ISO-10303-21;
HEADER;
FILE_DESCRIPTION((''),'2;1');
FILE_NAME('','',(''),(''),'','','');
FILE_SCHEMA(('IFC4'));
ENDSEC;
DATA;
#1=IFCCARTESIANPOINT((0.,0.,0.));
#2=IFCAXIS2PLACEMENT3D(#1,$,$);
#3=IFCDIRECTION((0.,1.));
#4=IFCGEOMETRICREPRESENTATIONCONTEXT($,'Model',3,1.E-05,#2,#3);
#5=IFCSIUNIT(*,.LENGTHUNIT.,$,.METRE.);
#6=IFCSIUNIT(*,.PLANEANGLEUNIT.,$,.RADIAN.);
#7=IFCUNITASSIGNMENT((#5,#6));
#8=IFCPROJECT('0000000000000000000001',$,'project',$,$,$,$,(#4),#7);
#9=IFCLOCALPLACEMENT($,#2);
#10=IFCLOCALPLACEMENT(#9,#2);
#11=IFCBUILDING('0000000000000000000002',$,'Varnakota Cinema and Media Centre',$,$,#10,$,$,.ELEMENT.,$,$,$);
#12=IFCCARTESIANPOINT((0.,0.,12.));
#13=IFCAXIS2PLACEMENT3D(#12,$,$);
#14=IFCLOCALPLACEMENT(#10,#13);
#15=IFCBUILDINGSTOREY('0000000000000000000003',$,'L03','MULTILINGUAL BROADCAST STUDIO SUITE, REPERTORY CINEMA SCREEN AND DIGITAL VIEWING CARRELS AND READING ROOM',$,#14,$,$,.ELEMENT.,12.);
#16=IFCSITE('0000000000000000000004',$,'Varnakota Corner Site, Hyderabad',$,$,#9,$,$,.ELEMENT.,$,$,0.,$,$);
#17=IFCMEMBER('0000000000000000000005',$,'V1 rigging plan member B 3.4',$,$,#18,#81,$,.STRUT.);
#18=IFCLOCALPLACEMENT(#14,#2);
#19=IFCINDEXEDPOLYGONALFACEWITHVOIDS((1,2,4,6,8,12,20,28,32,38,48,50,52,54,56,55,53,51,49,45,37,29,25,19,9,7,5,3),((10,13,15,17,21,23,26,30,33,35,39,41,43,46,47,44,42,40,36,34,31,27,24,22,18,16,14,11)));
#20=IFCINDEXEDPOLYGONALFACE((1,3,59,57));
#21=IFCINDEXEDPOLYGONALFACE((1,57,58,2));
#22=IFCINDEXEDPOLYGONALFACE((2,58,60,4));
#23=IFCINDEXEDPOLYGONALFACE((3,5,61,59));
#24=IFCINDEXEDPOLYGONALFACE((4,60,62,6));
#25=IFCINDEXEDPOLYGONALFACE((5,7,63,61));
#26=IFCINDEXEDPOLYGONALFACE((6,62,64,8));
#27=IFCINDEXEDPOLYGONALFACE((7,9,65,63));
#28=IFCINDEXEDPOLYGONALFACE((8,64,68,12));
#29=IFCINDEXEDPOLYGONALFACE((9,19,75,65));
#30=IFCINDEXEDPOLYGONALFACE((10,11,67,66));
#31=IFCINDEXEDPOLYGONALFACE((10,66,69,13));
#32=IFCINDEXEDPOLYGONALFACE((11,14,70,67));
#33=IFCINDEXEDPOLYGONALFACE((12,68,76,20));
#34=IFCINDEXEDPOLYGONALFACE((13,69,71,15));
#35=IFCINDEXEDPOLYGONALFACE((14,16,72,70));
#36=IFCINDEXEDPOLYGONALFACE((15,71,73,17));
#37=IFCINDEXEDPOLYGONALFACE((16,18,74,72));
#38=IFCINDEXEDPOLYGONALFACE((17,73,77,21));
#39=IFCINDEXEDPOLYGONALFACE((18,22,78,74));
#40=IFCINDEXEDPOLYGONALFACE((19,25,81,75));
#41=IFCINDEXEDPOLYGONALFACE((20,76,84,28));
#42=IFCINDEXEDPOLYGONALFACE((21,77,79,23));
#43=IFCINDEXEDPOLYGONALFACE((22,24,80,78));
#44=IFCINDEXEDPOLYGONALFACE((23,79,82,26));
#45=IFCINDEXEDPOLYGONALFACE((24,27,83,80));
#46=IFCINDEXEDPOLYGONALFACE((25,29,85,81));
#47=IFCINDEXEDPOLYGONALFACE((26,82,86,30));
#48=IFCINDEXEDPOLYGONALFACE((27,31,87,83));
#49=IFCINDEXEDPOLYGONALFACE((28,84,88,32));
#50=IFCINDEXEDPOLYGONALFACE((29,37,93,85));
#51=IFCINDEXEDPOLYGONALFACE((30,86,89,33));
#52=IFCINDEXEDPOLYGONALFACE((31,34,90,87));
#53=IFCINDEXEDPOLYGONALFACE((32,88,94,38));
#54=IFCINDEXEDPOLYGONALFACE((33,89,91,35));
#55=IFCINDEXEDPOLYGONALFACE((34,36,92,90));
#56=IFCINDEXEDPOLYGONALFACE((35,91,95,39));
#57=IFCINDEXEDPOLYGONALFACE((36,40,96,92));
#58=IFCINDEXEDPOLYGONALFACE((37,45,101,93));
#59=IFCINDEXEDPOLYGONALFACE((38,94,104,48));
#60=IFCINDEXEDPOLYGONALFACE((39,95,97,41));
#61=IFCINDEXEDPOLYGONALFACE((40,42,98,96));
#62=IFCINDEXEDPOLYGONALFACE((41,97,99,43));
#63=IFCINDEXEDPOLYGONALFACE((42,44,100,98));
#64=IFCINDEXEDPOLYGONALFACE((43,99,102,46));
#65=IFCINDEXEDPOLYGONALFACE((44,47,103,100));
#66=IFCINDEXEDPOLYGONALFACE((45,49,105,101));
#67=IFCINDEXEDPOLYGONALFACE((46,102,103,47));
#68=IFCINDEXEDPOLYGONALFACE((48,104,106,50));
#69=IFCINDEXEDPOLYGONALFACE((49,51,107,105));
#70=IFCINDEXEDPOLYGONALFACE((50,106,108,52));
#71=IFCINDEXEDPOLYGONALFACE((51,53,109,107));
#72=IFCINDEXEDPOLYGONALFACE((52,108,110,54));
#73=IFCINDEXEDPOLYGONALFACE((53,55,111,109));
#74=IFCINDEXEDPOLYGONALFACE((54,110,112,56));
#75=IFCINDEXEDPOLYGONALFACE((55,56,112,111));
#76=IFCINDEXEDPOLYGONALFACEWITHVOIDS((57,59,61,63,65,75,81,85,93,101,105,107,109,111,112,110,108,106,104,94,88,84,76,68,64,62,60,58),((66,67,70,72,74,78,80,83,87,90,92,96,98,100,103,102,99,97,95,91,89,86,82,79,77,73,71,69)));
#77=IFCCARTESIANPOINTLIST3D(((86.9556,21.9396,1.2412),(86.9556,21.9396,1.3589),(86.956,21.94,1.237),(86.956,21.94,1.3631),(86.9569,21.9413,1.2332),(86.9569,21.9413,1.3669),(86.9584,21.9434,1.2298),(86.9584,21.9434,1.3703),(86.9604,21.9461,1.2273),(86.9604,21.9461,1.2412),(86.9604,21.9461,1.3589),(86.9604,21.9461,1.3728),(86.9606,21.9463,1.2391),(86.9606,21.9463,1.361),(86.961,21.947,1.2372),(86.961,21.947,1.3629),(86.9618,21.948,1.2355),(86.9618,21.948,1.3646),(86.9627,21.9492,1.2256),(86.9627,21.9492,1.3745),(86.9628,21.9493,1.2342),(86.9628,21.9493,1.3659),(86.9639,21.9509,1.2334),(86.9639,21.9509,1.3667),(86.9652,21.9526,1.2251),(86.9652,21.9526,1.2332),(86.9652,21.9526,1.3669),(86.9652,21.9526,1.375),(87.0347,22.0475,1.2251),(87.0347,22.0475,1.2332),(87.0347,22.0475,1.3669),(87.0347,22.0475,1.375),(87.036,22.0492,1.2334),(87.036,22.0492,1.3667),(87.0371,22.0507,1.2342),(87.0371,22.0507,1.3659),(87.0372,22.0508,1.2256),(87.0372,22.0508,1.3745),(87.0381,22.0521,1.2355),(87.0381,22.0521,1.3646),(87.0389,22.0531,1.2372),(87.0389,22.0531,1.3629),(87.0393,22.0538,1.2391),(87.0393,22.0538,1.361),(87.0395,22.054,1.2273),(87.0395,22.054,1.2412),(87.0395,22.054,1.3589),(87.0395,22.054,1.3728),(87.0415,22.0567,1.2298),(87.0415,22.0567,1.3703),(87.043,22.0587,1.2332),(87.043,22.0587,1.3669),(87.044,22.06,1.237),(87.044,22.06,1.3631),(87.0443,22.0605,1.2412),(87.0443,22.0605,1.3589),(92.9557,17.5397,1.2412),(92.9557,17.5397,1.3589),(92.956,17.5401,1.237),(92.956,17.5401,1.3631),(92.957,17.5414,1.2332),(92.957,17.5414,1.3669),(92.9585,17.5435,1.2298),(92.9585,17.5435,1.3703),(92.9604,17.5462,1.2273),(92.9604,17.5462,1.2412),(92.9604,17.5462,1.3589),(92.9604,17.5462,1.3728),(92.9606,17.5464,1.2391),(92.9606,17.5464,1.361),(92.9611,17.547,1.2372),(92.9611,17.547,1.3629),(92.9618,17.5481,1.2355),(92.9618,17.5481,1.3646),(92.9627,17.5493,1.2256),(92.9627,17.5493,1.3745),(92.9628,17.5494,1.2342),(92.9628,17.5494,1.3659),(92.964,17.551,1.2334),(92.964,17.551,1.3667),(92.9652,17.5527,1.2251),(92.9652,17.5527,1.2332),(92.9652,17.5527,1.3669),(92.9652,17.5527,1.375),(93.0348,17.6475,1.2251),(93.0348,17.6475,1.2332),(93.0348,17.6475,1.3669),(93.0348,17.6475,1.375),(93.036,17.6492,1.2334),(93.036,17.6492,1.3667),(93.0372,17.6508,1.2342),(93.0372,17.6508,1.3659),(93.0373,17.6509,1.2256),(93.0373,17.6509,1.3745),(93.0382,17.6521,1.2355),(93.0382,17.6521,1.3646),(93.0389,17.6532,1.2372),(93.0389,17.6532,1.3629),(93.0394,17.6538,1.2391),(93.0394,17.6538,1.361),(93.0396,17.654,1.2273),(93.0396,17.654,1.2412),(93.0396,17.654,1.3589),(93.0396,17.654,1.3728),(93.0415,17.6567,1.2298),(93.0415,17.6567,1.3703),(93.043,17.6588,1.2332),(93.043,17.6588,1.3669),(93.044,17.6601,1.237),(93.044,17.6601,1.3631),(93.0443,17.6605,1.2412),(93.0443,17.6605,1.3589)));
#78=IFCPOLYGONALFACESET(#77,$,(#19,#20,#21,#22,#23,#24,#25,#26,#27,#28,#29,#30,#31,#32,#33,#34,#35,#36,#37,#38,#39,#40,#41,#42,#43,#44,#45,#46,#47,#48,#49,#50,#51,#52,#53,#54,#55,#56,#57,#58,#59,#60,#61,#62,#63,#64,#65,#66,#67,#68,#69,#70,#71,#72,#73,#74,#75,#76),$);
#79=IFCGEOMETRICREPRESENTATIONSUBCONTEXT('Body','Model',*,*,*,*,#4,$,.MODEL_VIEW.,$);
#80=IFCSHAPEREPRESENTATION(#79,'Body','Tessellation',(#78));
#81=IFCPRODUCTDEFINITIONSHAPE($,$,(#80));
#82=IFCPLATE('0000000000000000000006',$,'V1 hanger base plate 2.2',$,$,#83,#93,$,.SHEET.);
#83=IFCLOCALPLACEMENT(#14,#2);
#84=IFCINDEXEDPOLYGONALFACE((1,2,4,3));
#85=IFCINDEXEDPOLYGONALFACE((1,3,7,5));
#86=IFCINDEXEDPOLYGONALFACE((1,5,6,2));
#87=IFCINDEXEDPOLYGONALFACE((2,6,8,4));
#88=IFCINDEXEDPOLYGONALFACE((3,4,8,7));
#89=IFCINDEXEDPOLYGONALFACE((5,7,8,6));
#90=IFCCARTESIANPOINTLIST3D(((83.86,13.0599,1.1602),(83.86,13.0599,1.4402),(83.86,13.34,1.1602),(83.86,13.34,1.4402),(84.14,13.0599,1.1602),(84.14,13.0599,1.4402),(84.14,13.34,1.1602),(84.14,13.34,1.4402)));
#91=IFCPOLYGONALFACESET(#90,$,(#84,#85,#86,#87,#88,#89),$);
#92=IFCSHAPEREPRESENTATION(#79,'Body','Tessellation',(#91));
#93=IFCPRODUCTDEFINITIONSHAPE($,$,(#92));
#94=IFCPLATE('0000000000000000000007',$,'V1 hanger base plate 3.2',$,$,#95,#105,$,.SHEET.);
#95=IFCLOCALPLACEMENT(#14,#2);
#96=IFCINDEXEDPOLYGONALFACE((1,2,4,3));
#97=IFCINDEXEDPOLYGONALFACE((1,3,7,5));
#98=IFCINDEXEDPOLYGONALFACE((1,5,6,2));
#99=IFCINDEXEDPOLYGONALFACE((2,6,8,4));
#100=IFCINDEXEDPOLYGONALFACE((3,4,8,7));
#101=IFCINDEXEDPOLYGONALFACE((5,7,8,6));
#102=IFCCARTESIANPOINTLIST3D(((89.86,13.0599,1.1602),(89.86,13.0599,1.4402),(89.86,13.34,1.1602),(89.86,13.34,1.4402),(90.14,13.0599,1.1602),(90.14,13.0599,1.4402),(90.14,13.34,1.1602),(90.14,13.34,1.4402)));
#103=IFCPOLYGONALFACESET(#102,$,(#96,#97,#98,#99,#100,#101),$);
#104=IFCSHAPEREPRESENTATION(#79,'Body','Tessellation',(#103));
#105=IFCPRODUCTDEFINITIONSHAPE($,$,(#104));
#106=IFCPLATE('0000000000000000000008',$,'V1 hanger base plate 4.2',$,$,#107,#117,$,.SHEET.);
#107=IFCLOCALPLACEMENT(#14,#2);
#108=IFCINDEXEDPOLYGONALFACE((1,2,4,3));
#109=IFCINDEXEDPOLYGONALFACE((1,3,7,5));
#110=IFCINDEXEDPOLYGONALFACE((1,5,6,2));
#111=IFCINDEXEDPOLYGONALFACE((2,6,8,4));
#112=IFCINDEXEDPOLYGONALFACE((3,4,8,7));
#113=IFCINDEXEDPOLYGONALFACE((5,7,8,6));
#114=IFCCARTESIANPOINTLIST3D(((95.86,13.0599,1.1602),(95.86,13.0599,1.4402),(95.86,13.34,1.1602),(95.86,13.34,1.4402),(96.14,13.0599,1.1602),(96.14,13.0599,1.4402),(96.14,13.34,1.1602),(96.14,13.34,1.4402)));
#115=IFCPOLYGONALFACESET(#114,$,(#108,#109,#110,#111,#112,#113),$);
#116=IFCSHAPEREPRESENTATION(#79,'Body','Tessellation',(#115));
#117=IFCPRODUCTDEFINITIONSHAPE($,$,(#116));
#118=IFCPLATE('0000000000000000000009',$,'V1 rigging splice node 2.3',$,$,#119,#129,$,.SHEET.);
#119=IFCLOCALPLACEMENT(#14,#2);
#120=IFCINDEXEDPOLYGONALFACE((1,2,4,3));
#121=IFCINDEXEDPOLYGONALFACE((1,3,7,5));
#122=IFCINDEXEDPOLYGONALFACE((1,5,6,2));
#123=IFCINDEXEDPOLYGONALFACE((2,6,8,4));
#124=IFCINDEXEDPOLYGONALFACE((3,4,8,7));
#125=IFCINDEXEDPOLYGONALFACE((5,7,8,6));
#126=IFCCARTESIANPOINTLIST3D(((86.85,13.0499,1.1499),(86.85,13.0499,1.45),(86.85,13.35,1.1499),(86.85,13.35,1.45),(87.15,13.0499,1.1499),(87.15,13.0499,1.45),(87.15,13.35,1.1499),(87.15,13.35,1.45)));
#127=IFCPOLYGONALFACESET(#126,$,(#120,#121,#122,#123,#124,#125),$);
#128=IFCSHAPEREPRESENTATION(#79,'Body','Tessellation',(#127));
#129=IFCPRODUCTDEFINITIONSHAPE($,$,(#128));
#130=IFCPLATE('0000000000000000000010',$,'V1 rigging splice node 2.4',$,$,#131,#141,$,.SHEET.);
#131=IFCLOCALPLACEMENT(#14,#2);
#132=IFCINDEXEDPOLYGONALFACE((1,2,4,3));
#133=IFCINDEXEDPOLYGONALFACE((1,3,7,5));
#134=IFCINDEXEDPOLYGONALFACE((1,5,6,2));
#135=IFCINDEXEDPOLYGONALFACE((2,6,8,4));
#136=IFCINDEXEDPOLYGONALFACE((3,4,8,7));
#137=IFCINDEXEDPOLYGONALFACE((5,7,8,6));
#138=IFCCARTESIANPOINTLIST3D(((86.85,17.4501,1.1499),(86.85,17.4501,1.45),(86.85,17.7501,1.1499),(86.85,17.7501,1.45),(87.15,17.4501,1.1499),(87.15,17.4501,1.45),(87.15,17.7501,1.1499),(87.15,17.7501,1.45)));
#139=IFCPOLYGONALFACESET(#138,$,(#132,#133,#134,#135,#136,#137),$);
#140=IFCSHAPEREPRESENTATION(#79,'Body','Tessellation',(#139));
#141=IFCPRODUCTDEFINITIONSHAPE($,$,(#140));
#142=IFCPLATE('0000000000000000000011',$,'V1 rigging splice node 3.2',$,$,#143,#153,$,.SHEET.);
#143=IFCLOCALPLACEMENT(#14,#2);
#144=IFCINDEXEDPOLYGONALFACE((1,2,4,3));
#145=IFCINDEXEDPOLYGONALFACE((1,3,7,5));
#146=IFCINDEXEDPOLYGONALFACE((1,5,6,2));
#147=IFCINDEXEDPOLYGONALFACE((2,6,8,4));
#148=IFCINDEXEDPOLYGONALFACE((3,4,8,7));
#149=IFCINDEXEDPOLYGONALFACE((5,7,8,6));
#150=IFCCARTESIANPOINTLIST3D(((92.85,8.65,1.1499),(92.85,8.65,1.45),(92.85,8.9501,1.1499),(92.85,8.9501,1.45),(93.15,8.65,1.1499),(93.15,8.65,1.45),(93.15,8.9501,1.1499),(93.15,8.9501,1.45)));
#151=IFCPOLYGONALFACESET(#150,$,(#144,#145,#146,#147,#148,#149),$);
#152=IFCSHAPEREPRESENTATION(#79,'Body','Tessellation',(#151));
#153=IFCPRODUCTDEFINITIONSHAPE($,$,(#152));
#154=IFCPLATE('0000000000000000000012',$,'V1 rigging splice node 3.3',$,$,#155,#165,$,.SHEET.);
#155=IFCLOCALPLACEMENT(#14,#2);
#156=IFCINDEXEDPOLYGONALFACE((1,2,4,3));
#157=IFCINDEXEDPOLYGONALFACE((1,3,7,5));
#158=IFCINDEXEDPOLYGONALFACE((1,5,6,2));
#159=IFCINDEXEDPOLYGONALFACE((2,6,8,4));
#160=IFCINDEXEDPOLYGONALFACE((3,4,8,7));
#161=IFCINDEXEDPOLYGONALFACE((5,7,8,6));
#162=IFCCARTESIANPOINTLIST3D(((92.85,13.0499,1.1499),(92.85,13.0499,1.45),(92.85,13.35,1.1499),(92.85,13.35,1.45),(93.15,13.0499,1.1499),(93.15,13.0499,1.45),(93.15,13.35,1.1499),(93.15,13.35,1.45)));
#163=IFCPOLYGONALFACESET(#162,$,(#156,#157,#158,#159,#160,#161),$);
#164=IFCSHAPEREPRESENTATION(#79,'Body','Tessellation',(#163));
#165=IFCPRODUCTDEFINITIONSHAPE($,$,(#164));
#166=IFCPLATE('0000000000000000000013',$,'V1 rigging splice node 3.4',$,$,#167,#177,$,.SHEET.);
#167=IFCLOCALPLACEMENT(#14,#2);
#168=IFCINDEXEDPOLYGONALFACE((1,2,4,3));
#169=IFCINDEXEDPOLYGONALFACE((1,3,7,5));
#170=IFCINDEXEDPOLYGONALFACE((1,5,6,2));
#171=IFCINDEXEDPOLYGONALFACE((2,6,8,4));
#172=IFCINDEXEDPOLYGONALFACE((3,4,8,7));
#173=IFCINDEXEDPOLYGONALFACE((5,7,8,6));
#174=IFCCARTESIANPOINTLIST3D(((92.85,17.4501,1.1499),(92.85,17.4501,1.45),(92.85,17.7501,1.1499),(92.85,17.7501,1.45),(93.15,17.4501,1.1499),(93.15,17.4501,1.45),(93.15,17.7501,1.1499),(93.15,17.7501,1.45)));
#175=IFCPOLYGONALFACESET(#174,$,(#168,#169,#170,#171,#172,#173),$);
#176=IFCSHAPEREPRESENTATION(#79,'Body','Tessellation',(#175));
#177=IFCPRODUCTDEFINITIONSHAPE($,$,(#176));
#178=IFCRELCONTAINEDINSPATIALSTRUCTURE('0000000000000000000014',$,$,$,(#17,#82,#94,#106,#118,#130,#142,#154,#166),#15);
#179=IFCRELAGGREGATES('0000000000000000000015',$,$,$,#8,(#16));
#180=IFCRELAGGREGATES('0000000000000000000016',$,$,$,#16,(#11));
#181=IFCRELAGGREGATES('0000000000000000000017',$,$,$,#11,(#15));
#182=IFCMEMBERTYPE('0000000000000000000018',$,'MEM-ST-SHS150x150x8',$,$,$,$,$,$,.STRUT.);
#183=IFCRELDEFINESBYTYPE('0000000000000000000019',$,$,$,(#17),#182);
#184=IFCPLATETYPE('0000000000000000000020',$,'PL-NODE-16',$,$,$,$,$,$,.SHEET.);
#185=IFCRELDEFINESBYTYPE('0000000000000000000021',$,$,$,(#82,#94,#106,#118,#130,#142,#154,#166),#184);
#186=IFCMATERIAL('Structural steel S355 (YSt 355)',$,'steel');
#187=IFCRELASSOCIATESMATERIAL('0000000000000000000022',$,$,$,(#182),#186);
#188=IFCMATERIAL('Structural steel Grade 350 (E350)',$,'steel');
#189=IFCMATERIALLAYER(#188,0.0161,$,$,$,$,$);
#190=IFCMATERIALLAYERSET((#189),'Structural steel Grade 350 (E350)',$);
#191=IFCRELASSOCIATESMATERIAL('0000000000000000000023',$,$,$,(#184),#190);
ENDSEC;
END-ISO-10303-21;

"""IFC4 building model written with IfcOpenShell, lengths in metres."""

from ifc_helpers import new_model, si_unit, direction, frame, origin, origin_2d, place, context, subcontext, project, spatial, rectangle, hollow_rectangle, extrude, material, layer, layer_set, material_profile, profile_set, type_object, element, save


model = new_model("IFC4")

# Units and contexts
model_context = context("Model", 3, precision=1e-05, world=origin(), true_north=direction((0.0, 1.0)))
body_context = subcontext(model_context, "Body", "Model", "MODEL_VIEW")
ifc_project = project(units=[si_unit("LENGTHUNIT", "METRE"), si_unit("PLANEANGLEUNIT", "RADIAN")], contexts=[model_context])

# Site, building, storey
site_placement = place(None, origin())
site = spatial("IfcSite", under=ifc_project, at=site_placement, Name="Varnakota Corner Site, Hyderabad", CompositionType="ELEMENT", RefElevation=0.0)
building_placement = place(site_placement, origin())
building = spatial("IfcBuilding", under=site, at=building_placement, Name="Varnakota Cinema and Media Centre", CompositionType="ELEMENT")
storey_placement = place(building_placement, frame((0.0, 0.0, 12.0)))
storey = spatial("IfcBuildingStorey", under=building, at=storey_placement, Name="L03", Description="MULTILINGUAL BROADCAST STUDIO SUITE, REPERTORY CINEMA SCREEN AND DIGITAL VIEWING CARRELS AND READING ROOM", CompositionType="ELEMENT", Elevation=12.0)

# Member
ifc_material_1 = material(Name="Structural steel S355 (YSt 355)", Category="steel")
ifc_material_profile_1 = material_profile(ifc_material_1, hollow_rectangle(XDim=0.1499, YDim=0.1499, WallThickness=0.0081, InnerFilletRadius=0.0081, OuterFilletRadius=0.0161, at=origin_2d()), Name="SHS 150x150x8")
ifc_profile_set_1 = profile_set([ifc_material_profile_1], Name="Structural steel S355 (YSt 355)")
member_type_1 = type_object("IfcMemberType", Name="MEM-ST-SHS150x150x8", PredefinedType="STRUT", material=ifc_profile_set_1)
member_1_placement = place(storey_placement, frame((93.0, 17.6001, 1.3), z_axis=(-0.806411, 0.591355, 0.0), x_axis=(-0.591355, -0.806411, 0.0)))
element("IfcMember", 1, at=member_1_placement, inside=storey, type_object=member_type_1, Name="V1 rigging plan member B 3.4", PredefinedType="STRUT", context=body_context, shape_type="SweptSolid", body=[
    extrude(hollow_rectangle(XDim=0.1499, YDim=0.1499, WallThickness=0.0081, InnerFilletRadius=0.0081, OuterFilletRadius=0.0161, at=origin_2d()), origin(), (0.0, 0.0, 1.0), 7.4404),
])

# Plates
ifc_material_2 = material(Name="Structural steel Grade 350 (E350)", Category="steel")
ifc_layer = layer(ifc_material_2, 0.0161)
ifc_layer_set = layer_set([ifc_layer], Name="Structural steel Grade 350 (E350)")
plate_type = type_object("IfcPlateType", Name="PL-NODE-16", PredefinedType="SHEET", material=ifc_layer_set)
for number, where, z_axis, x_axis, name in (
    (2, (84.0, 13.2, 1.1602), (0.0, 0.0, 1.0), (1.0, 0.0, 0.0), "V1 hanger base plate 2.2"),
    (3, (90.0, 13.2, 1.1602), (0.0, 0.0, 1.0), (1.0, 0.0, 0.0), "V1 hanger base plate 3.2"),
    (4, (96.0, 13.2, 1.1602), (0.0, 0.0, 1.0), (1.0, 0.0, 0.0), "V1 hanger base plate 4.2"),
):
    element("IfcPlate", number, at=place(storey_placement, frame(where, z_axis=z_axis, x_axis=x_axis)), inside=storey, type_object=plate_type, Name=name, PredefinedType="SHEET", context=body_context, shape_type="SweptSolid", body=[
        extrude(rectangle(XDim=0.28, YDim=0.28, at=origin_2d()), origin(), (0.0, 0.0, 1.0), 0.28),
    ])
for number, where, z_axis, x_axis, name in (
    (5, (87.0, 13.2, 1.1499), (0.0, 0.0, 1.0), (1.0, 0.0, 0.0), "V1 rigging splice node 2.3"),
    (6, (87.0, 17.6001, 1.1499), (0.0, 0.0, 1.0), (1.0, 0.0, 0.0), "V1 rigging splice node 2.4"),
    (7, (93.0, 8.8, 1.1499), (0.0, 0.0, 1.0), (1.0, 0.0, 0.0), "V1 rigging splice node 3.2"),
    (8, (93.0, 13.2, 1.1499), (0.0, 0.0, 1.0), (1.0, 0.0, 0.0), "V1 rigging splice node 3.3"),
    (9, (93.0, 17.6001, 1.1499), (0.0, 0.0, 1.0), (1.0, 0.0, 0.0), "V1 rigging splice node 3.4"),
):
    element("IfcPlate", number, at=place(storey_placement, frame(where, z_axis=z_axis, x_axis=x_axis)), inside=storey, type_object=plate_type, Name=name, PredefinedType="SHEET", context=body_context, shape_type="SweptSolid", body=[
        extrude(rectangle(XDim=0.3, YDim=0.3, at=origin_2d()), origin(), (0.0, 0.0, 1.0), 0.3),
    ])

save(model, "model.ifc")
